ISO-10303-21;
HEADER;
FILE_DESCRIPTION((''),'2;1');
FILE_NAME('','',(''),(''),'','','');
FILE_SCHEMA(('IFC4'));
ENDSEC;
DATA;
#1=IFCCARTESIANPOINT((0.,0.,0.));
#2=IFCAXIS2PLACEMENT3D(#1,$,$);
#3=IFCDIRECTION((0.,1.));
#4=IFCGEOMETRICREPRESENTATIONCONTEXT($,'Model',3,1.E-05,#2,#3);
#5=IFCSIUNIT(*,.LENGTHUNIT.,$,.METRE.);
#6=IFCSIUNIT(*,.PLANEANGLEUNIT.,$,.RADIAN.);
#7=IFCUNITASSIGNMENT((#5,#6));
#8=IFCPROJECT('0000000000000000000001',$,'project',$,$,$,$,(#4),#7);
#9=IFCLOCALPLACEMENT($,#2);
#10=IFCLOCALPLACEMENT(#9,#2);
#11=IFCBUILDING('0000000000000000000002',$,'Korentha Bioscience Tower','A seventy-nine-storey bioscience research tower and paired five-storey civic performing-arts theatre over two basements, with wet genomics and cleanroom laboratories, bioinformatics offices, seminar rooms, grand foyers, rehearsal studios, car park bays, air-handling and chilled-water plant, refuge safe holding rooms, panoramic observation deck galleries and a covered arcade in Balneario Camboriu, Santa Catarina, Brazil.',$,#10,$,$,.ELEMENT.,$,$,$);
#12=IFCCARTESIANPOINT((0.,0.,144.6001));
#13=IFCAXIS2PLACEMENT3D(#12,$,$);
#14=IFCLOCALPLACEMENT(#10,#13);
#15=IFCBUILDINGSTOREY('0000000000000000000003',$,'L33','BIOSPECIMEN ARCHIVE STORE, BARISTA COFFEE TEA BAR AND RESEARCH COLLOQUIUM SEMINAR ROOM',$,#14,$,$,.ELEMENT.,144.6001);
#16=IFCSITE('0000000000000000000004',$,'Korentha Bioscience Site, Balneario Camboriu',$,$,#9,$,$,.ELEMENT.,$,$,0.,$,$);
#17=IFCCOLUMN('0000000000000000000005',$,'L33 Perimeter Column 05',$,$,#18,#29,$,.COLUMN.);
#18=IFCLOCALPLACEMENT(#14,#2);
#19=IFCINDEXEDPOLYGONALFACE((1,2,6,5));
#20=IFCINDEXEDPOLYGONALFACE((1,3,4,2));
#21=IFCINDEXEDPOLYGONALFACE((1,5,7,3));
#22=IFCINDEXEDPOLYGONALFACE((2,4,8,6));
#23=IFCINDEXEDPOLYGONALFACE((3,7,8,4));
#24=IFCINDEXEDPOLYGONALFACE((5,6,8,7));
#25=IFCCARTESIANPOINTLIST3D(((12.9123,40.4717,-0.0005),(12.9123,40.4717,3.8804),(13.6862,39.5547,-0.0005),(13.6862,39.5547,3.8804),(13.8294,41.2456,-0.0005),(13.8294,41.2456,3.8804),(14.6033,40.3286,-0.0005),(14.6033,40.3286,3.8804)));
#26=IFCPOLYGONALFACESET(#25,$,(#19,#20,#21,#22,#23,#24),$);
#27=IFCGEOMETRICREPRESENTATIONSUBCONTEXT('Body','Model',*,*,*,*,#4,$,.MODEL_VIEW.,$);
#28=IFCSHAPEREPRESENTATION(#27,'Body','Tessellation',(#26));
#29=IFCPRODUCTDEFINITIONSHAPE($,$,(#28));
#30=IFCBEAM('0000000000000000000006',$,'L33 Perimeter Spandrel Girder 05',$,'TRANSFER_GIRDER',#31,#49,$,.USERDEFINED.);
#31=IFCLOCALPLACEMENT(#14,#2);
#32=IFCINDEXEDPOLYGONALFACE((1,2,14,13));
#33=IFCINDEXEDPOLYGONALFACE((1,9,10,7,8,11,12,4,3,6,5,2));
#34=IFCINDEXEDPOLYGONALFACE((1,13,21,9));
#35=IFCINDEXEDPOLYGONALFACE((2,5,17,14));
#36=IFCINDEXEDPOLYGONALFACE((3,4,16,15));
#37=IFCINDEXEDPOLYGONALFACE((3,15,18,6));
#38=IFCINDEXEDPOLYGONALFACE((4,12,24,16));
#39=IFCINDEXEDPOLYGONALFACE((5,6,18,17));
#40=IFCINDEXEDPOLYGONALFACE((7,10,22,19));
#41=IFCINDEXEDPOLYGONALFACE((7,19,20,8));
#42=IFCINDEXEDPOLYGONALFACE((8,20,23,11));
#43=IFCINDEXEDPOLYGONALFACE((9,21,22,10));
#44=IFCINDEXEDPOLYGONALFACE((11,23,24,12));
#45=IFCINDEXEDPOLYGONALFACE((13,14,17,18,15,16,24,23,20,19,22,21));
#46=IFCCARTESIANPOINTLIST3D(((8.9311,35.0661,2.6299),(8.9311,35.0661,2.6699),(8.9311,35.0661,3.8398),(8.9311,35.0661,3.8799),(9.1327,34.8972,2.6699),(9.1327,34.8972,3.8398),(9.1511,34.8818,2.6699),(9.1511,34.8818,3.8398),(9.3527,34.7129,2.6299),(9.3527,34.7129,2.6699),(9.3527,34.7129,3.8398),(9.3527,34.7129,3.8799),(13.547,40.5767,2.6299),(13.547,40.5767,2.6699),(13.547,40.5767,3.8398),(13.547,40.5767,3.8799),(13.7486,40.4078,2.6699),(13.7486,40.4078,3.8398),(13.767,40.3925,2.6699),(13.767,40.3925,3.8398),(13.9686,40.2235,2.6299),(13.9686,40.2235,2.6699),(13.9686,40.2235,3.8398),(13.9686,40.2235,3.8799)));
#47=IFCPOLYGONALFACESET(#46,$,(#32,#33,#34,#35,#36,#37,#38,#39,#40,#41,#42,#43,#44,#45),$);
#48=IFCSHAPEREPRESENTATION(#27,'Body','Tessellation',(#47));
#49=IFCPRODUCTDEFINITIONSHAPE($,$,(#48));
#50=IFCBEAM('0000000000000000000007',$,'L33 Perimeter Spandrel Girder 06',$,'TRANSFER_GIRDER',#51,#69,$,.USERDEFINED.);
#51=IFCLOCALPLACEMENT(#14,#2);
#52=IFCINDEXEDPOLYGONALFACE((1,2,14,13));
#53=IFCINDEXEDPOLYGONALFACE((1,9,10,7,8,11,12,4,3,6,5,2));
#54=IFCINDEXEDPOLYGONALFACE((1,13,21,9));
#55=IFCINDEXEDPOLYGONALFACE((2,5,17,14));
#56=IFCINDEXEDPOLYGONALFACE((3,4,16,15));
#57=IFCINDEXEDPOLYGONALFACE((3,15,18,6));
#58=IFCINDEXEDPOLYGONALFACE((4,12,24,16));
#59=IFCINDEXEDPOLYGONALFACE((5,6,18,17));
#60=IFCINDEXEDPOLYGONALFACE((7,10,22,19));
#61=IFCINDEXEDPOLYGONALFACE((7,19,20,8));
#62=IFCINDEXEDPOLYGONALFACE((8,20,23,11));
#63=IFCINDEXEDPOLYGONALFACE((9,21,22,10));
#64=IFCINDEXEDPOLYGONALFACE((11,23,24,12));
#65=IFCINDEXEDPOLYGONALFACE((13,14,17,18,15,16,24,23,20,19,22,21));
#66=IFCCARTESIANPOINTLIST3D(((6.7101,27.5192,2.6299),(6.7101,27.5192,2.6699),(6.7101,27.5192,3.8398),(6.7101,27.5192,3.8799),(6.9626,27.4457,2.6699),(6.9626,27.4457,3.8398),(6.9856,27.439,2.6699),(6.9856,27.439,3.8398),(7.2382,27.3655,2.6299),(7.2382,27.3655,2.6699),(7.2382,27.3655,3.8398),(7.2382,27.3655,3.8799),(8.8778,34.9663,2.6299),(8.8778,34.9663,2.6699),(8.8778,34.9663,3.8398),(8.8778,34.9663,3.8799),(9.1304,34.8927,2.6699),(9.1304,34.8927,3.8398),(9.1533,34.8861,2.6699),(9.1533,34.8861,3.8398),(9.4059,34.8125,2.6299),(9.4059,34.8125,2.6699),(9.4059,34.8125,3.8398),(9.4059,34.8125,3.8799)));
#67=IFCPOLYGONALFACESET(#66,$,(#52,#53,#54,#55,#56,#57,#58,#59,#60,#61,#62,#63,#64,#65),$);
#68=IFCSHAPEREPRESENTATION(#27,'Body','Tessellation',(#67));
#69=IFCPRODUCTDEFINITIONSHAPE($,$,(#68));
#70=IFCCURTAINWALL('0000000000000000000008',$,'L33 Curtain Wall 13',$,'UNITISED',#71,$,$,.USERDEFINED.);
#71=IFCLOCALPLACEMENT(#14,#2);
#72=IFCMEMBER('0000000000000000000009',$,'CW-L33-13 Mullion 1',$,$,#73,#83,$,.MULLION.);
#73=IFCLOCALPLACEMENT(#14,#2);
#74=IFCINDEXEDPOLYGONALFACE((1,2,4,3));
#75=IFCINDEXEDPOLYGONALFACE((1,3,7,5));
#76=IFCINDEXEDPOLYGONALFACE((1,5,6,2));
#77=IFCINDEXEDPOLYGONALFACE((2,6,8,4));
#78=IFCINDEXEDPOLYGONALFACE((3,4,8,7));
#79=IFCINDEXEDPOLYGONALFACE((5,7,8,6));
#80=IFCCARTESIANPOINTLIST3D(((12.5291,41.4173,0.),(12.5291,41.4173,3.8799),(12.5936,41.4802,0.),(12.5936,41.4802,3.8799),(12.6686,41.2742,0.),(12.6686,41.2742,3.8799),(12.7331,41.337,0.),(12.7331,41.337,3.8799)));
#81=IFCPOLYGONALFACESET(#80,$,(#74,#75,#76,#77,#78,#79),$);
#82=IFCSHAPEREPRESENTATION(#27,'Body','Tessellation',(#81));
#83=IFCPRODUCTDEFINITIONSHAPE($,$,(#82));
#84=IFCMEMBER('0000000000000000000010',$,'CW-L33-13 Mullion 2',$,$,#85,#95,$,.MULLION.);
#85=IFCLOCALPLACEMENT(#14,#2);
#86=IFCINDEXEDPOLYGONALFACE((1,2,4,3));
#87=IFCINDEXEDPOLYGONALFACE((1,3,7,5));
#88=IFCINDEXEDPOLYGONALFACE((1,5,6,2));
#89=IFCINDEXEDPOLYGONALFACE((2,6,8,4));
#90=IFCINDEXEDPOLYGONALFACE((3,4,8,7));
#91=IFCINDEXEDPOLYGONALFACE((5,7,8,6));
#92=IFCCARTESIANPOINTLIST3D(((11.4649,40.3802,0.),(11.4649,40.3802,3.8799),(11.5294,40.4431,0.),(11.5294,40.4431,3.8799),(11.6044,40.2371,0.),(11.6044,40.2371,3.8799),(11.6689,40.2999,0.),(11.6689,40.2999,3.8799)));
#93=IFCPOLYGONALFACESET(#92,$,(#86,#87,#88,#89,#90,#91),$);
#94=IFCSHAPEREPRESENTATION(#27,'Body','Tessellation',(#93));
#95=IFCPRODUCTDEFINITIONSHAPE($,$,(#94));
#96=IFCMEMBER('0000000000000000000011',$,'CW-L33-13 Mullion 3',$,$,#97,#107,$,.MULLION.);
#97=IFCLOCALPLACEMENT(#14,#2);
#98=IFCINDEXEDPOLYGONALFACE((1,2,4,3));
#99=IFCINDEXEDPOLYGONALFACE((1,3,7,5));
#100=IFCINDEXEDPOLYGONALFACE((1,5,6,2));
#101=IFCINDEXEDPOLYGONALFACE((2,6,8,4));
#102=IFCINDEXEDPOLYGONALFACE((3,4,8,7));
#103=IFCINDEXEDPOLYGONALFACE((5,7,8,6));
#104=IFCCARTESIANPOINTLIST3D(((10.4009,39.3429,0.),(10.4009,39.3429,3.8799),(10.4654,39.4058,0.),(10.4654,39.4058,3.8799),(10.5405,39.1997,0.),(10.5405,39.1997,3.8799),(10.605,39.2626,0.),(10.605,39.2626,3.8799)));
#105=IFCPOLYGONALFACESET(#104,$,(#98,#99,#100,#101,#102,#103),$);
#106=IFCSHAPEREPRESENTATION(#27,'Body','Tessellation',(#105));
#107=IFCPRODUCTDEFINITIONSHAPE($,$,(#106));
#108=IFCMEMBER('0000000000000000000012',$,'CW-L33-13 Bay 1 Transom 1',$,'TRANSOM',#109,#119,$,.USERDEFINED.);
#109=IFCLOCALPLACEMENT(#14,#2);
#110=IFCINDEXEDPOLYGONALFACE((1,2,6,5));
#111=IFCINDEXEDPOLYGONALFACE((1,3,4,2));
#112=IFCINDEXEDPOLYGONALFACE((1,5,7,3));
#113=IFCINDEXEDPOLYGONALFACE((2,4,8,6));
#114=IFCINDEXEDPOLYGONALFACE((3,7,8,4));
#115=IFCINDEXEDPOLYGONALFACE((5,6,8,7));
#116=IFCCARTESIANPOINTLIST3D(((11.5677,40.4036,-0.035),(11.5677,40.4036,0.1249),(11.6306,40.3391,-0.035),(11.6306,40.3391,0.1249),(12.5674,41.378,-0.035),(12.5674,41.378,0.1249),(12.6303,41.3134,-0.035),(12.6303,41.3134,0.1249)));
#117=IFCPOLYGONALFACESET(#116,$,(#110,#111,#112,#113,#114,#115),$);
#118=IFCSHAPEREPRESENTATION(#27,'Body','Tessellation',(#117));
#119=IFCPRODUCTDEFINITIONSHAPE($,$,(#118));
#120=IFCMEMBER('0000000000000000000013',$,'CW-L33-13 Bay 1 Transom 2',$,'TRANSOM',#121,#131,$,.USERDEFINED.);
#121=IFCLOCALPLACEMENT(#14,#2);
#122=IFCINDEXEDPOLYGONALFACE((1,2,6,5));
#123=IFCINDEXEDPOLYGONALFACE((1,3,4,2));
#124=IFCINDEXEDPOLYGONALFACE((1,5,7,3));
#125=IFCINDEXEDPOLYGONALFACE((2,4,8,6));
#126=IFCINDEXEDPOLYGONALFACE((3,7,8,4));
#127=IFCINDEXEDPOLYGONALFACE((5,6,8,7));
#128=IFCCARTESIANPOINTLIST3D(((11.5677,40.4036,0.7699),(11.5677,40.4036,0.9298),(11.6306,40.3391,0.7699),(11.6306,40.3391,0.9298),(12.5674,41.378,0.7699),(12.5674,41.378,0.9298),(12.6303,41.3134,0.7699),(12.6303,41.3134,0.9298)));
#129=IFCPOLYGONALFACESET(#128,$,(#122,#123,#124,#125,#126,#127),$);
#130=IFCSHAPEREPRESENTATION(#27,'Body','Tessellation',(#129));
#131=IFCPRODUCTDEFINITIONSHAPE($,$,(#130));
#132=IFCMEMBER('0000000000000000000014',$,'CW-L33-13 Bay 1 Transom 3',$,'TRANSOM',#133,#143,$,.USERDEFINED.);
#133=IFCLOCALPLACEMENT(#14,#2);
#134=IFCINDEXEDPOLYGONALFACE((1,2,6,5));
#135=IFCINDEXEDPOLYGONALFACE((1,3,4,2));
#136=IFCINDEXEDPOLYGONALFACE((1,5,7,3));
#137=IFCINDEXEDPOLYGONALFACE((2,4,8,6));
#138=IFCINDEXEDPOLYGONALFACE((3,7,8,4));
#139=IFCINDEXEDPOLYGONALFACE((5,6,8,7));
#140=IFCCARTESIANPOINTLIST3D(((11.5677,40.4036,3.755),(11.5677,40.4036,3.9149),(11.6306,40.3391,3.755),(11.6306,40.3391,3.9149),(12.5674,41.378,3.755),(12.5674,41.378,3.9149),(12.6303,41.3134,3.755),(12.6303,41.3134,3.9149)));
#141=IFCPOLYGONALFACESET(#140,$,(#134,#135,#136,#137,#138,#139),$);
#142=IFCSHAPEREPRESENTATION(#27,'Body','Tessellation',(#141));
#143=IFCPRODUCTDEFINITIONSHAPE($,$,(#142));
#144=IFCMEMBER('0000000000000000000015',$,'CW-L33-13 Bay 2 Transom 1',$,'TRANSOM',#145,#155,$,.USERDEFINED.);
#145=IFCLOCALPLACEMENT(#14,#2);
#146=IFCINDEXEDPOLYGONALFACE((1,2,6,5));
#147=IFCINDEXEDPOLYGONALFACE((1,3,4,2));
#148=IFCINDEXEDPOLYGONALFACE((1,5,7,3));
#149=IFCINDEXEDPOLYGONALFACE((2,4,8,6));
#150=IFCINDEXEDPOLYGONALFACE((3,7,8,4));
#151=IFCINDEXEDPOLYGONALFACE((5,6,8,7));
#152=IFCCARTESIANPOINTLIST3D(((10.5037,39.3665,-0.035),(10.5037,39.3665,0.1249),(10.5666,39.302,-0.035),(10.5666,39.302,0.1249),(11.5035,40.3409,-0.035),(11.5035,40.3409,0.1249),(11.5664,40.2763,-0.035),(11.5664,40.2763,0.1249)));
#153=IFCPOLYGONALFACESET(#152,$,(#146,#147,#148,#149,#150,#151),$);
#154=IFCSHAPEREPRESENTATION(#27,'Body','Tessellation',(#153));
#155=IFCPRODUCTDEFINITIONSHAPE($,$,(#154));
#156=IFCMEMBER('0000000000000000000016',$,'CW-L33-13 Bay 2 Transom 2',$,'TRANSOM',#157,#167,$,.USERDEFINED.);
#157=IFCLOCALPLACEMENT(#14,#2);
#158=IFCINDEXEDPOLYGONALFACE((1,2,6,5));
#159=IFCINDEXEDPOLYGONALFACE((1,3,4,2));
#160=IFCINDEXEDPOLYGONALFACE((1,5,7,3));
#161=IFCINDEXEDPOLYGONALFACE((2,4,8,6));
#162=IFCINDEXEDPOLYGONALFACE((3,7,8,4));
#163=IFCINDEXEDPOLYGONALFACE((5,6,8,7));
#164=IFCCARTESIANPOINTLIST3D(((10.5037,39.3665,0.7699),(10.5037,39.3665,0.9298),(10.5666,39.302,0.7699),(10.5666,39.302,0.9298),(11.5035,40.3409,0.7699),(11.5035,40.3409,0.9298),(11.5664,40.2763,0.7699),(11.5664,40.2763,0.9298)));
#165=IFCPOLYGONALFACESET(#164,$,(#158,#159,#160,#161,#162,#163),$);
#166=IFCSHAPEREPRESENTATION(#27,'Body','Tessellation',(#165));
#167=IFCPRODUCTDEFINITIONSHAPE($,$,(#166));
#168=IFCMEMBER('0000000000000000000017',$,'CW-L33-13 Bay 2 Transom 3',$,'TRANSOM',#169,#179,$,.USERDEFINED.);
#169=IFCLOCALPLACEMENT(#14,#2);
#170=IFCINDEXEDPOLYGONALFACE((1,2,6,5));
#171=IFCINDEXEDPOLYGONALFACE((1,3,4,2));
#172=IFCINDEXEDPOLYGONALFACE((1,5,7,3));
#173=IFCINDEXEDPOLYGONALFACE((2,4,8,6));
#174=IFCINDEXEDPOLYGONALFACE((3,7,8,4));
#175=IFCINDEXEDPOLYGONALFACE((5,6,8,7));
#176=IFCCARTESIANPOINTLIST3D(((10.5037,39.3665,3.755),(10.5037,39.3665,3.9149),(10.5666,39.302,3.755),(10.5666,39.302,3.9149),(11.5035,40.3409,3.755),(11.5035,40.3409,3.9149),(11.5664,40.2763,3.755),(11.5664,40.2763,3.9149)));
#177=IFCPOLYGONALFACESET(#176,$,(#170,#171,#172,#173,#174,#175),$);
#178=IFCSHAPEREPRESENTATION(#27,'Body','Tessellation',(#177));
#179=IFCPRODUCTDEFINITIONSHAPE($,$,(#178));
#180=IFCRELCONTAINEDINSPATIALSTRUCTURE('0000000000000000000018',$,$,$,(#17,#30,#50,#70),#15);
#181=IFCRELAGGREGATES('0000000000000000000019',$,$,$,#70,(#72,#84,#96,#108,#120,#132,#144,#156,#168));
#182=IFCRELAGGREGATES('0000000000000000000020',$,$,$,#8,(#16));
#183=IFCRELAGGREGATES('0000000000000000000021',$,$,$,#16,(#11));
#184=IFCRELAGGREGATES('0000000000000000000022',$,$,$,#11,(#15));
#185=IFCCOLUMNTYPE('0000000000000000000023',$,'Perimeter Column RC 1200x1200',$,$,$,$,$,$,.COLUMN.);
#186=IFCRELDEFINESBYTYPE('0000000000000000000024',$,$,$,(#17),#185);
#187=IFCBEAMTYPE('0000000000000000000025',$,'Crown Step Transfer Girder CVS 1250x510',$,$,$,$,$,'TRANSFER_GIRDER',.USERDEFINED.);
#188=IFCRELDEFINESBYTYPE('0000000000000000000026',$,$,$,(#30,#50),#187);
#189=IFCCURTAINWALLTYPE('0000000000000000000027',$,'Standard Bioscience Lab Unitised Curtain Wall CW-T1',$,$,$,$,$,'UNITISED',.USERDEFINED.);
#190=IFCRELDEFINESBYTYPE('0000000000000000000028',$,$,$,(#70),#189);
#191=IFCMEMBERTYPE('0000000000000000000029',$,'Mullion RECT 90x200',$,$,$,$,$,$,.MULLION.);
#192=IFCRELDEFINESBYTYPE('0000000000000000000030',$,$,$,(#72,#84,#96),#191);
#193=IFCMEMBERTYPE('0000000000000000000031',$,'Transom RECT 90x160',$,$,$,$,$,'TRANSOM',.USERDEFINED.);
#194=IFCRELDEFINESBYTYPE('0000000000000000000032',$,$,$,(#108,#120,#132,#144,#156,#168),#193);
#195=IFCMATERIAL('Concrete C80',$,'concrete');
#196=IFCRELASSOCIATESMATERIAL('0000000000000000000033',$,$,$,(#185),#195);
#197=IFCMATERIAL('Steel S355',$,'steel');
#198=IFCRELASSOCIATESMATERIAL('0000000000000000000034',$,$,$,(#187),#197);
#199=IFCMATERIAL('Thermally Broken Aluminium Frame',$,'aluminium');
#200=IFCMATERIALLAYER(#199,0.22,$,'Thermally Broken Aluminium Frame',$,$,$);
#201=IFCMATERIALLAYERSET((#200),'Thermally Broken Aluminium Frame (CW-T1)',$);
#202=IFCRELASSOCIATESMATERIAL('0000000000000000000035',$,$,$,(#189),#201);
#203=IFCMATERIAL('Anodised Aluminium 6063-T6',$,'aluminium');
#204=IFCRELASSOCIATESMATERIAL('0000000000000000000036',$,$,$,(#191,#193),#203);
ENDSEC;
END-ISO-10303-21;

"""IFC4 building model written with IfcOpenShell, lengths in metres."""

from ifc_helpers import new_model, si_unit, direction, frame, origin, origin_2d, place, context, subcontext, project, spatial, rectangle, i_section, extrude, material, layer, layer_set, material_profile, profile_set, type_object, element, aggregate, save


model = new_model("IFC4")

# Units and contexts
model_context = context("Model", 3, precision=1e-05, world=origin(), true_north=direction((0.0, 1.0)))
body_context = subcontext(model_context, "Body", "Model", "MODEL_VIEW")
ifc_project = project(units=[si_unit("LENGTHUNIT", "METRE"), si_unit("PLANEANGLEUNIT", "RADIAN")], contexts=[model_context])

# Site, building, storey
site_placement = place(None, origin())
site = spatial("IfcSite", under=ifc_project, at=site_placement, Name="Korentha Bioscience Site, Balneario Camboriu", CompositionType="ELEMENT", RefElevation=0.0)
building_placement = place(site_placement, origin())
building = spatial("IfcBuilding", under=site, at=building_placement, Name="Korentha Bioscience Tower", Description="A seventy-nine-storey bioscience research tower and paired five-storey civic performing-arts theatre over two basements, with wet genomics and cleanroom laboratories, bioinformatics offices, seminar rooms, grand foyers, rehearsal studios, car park bays, air-handling and chilled-water plant, refuge safe holding rooms, panoramic observation deck galleries and a covered arcade in Balneario Camboriu, Santa Catarina, Brazil.", CompositionType="ELEMENT")
storey_placement = place(building_placement, frame((0.0, 0.0, 144.6001)))
storey = spatial("IfcBuildingStorey", under=building, at=storey_placement, Name="L33", Description="BIOSPECIMEN ARCHIVE STORE, BARISTA COFFEE TEA BAR AND RESEARCH COLLOQUIUM SEMINAR ROOM", CompositionType="ELEMENT", Elevation=144.6001)

# Column
ifc_material_1 = material(Name="Concrete C80", Category="concrete")
ifc_material_profile_1 = material_profile(ifc_material_1, rectangle(XDim=1.2, YDim=1.2, at=origin_2d()), Name="Concrete C80")
ifc_profile_set_1 = profile_set([ifc_material_profile_1], Name="Concrete C80 (COL-P12)")
column_type = type_object("IfcColumnType", Name="Perimeter Column RC 1200x1200", PredefinedType="COLUMN", material=ifc_profile_set_1)
column_placement = place(storey_placement, frame((13.7578, 40.4001, -0.0005), z_axis=(0.0, 0.0, 1.0), x_axis=(0.764246, 0.644924, 0.0)))
element("IfcColumn", 1, at=column_placement, inside=storey, type_object=column_type, Name="L33 Perimeter Column 05", PredefinedType="COLUMN", context=body_context, shape_type="SweptSolid", body=[
    extrude(rectangle(XDim=1.2, YDim=1.2, at=origin_2d()), origin(), (0.0, 0.0, 1.0), 3.8809),
])

# Beams
ifc_material_2 = material(Name="Steel S355", Category="steel")
ifc_material_profile_2 = material_profile(ifc_material_2, i_section(OverallWidth=0.55, OverallDepth=1.25, WebThickness=0.0239, FlangeThickness=0.04, at=origin_2d()), Name="Steel S355")
ifc_profile_set_2 = profile_set([ifc_material_profile_2], Name="Steel S355 (TG-03)")
beam_type = type_object("IfcBeamType", Name="Crown Step Transfer Girder CVS 1250x510", ElementType="TRANSFER_GIRDER", PredefinedType="USERDEFINED", material=ifc_profile_set_2)
beam_1_placement = place(storey_placement, frame((13.7578, 40.4001, 3.2549), z_axis=(-0.642127, -0.766599, 0.0), x_axis=(0.766599, -0.642127, 0.0)))
element("IfcBeam", 2, at=beam_1_placement, inside=storey, type_object=beam_type, Name="L33 Perimeter Spandrel Girder 05", ObjectType="TRANSFER_GIRDER", PredefinedType="USERDEFINED", context=body_context, shape_type="SweptSolid", body=[
    extrude(i_section(OverallWidth=0.55, OverallDepth=1.25, WebThickness=0.0239, FlangeThickness=0.04, at=origin_2d()), origin(), (0.0, 0.0, 1.0), 7.1885),
])
beam_2_placement = place(storey_placement, frame((9.1418, 34.8894, 3.2549), z_axis=(-0.279486, -0.96015, 0.0), x_axis=(0.96015, -0.279486, 0.0)))
element("IfcBeam", 3, at=beam_2_placement, inside=storey, type_object=beam_type, Name="L33 Perimeter Spandrel Girder 06", ObjectType="TRANSFER_GIRDER", PredefinedType="USERDEFINED", context=body_context, shape_type="SweptSolid", body=[
    extrude(i_section(OverallWidth=0.55, OverallDepth=1.25, WebThickness=0.0239, FlangeThickness=0.04, at=origin_2d()), origin(), (0.0, 0.0, 1.0), 7.7561),
])

# Curtain wall, members
ifc_material_3 = material(Name="Thermally Broken Aluminium Frame", Category="aluminium")
ifc_layer_1 = layer(ifc_material_3, 0.22, Name="Thermally Broken Aluminium Frame")
ifc_layer_set_1 = layer_set([ifc_layer_1], Name="Thermally Broken Aluminium Frame (CW-T1)")
curtain_wall_type = type_object("IfcCurtainWallType", Name="Standard Bioscience Lab Unitised Curtain Wall CW-T1", ElementType="UNITISED", PredefinedType="USERDEFINED", material=ifc_layer_set_1)
curtain_wall_placement = place(storey_placement, origin())
curtain_wall = element("IfcCurtainWall", 4, at=curtain_wall_placement, inside=storey, type_object=curtain_wall_type, Name="L33 Curtain Wall 13", ObjectType="UNITISED", PredefinedType="USERDEFINED")
ifc_material_4 = material(Name="Anodised Aluminium 6063-T6", Category="aluminium")
ifc_material_profile_3 = material_profile(ifc_material_4, rectangle(XDim=0.0901, YDim=0.2, at=origin_2d()), Name="Anodised Aluminium 6063-T6")
ifc_profile_set_3 = profile_set([ifc_material_profile_3], Name="Anodised Aluminium 6063-T6 (CW-MUL)")
member_type_1 = type_object("IfcMemberType", Name="Mullion RECT 90x200", PredefinedType="MULLION", material=ifc_profile_set_3)
member_1_placement = place(storey_placement, frame((12.6311, 41.3772, 0.0), z_axis=(0.0, 0.0, 1.0), x_axis=(-0.716096, -0.698002, 0.0)))
member_1 = element("IfcMember", 5, at=member_1_placement, type_object=member_type_1, Name="CW-L33-13 Mullion 1", PredefinedType="MULLION", context=body_context, shape_type="SweptSolid", body=[
    extrude(rectangle(XDim=0.0901, YDim=0.2, at=origin_2d()), origin(), (0.0, 0.0, 1.0), 3.8799),
])
member_2_placement = place(storey_placement, frame((11.5669, 40.3401, 0.0), z_axis=(0.0, 0.0, 1.0), x_axis=(-0.716096, -0.698002, 0.0)))
member_2 = element("IfcMember", 6, at=member_2_placement, type_object=member_type_1, Name="CW-L33-13 Mullion 2", PredefinedType="MULLION", context=body_context, shape_type="SweptSolid", body=[
    extrude(rectangle(XDim=0.0901, YDim=0.2, at=origin_2d()), origin(), (0.0, 0.0, 1.0), 3.8799),
])
member_3_placement = place(storey_placement, frame((10.5029, 39.3027, 0.0), z_axis=(0.0, 0.0, 1.0), x_axis=(-0.716096, -0.698002, 0.0)))
member_3 = element("IfcMember", 7, at=member_3_placement, type_object=member_type_1, Name="CW-L33-13 Mullion 3", PredefinedType="MULLION", context=body_context, shape_type="SweptSolid", body=[
    extrude(rectangle(XDim=0.0901, YDim=0.2, at=origin_2d()), origin(), (0.0, 0.0, 1.0), 3.8799),
])
ifc_material_profile_4 = material_profile(ifc_material_4, rectangle(XDim=0.0901, YDim=0.1599, at=origin_2d()), Name="Anodised Aluminium 6063-T6")
ifc_profile_set_4 = profile_set([ifc_material_profile_4], Name="Anodised Aluminium 6063-T6 (CW-TRN)")
member_type_2 = type_object("IfcMemberType", Name="Transom RECT 90x160", ElementType="TRANSOM", PredefinedType="USERDEFINED", material=ifc_profile_set_4)
member_4_placement = place(storey_placement, frame((12.5989, 41.3457, 0.0449), z_axis=(-0.716142, -0.697954, 0.0), x_axis=(0.697954, -0.716142, 0.0)))
member_4 = element("IfcMember", 8, at=member_4_placement, type_object=member_type_2, Name="CW-L33-13 Bay 1 Transom 1", ObjectType="TRANSOM", PredefinedType="USERDEFINED", context=body_context, shape_type="SweptSolid", body=[
    extrude(rectangle(XDim=0.0901, YDim=0.1599, at=origin_2d()), origin(), (0.0, 0.0, 1.0), 1.396),
])
member_5_placement = place(storey_placement, frame((12.5989, 41.3457, 0.8499), z_axis=(-0.716142, -0.697954, 0.0), x_axis=(0.697954, -0.716142, 0.0)))
member_5 = element("IfcMember", 9, at=member_5_placement, type_object=member_type_2, Name="CW-L33-13 Bay 1 Transom 2", ObjectType="TRANSOM", PredefinedType="USERDEFINED", context=body_context, shape_type="SweptSolid", body=[
    extrude(rectangle(XDim=0.0901, YDim=0.1599, at=origin_2d()), origin(), (0.0, 0.0, 1.0), 1.396),
])
member_6_placement = place(storey_placement, frame((12.5989, 41.3457, 3.835), z_axis=(-0.716142, -0.697954, 0.0), x_axis=(0.697954, -0.716142, 0.0)))
member_6 = element("IfcMember", 10, at=member_6_placement, type_object=member_type_2, Name="CW-L33-13 Bay 1 Transom 3", ObjectType="TRANSOM", PredefinedType="USERDEFINED", context=body_context, shape_type="SweptSolid", body=[
    extrude(rectangle(XDim=0.0901, YDim=0.1599, at=origin_2d()), origin(), (0.0, 0.0, 1.0), 1.396),
])
member_7_placement = place(storey_placement, frame((11.5349, 40.3086, 0.0449), z_axis=(-0.716142, -0.697954, 0.0), x_axis=(0.697954, -0.716142, 0.0)))
member_7 = element("IfcMember", 11, at=member_7_placement, type_object=member_type_2, Name="CW-L33-13 Bay 2 Transom 1", ObjectType="TRANSOM", PredefinedType="USERDEFINED", context=body_context, shape_type="SweptSolid", body=[
    extrude(rectangle(XDim=0.0901, YDim=0.1599, at=origin_2d()), origin(), (0.0, 0.0, 1.0), 1.396),
])
member_8_placement = place(storey_placement, frame((11.5349, 40.3086, 0.8499), z_axis=(-0.716142, -0.697954, 0.0), x_axis=(0.697954, -0.716142, 0.0)))
member_8 = element("IfcMember", 12, at=member_8_placement, type_object=member_type_2, Name="CW-L33-13 Bay 2 Transom 2", ObjectType="TRANSOM", PredefinedType="USERDEFINED", context=body_context, shape_type="SweptSolid", body=[
    extrude(rectangle(XDim=0.0901, YDim=0.1599, at=origin_2d()), origin(), (0.0, 0.0, 1.0), 1.396),
])
member_9_placement = place(storey_placement, frame((11.5349, 40.3086, 3.835), z_axis=(-0.716142, -0.697954, 0.0), x_axis=(0.697954, -0.716142, 0.0)))
member_9 = element("IfcMember", 13, at=member_9_placement, type_object=member_type_2, Name="CW-L33-13 Bay 2 Transom 3", ObjectType="TRANSOM", PredefinedType="USERDEFINED", context=body_context, shape_type="SweptSolid", body=[
    extrude(rectangle(XDim=0.0901, YDim=0.1599, at=origin_2d()), origin(), (0.0, 0.0, 1.0), 1.396),
])
aggregate(curtain_wall, [member_1, member_2, member_3, member_4, member_5, member_6, member_7, member_8, member_9])

save(model, "model.ifc")
